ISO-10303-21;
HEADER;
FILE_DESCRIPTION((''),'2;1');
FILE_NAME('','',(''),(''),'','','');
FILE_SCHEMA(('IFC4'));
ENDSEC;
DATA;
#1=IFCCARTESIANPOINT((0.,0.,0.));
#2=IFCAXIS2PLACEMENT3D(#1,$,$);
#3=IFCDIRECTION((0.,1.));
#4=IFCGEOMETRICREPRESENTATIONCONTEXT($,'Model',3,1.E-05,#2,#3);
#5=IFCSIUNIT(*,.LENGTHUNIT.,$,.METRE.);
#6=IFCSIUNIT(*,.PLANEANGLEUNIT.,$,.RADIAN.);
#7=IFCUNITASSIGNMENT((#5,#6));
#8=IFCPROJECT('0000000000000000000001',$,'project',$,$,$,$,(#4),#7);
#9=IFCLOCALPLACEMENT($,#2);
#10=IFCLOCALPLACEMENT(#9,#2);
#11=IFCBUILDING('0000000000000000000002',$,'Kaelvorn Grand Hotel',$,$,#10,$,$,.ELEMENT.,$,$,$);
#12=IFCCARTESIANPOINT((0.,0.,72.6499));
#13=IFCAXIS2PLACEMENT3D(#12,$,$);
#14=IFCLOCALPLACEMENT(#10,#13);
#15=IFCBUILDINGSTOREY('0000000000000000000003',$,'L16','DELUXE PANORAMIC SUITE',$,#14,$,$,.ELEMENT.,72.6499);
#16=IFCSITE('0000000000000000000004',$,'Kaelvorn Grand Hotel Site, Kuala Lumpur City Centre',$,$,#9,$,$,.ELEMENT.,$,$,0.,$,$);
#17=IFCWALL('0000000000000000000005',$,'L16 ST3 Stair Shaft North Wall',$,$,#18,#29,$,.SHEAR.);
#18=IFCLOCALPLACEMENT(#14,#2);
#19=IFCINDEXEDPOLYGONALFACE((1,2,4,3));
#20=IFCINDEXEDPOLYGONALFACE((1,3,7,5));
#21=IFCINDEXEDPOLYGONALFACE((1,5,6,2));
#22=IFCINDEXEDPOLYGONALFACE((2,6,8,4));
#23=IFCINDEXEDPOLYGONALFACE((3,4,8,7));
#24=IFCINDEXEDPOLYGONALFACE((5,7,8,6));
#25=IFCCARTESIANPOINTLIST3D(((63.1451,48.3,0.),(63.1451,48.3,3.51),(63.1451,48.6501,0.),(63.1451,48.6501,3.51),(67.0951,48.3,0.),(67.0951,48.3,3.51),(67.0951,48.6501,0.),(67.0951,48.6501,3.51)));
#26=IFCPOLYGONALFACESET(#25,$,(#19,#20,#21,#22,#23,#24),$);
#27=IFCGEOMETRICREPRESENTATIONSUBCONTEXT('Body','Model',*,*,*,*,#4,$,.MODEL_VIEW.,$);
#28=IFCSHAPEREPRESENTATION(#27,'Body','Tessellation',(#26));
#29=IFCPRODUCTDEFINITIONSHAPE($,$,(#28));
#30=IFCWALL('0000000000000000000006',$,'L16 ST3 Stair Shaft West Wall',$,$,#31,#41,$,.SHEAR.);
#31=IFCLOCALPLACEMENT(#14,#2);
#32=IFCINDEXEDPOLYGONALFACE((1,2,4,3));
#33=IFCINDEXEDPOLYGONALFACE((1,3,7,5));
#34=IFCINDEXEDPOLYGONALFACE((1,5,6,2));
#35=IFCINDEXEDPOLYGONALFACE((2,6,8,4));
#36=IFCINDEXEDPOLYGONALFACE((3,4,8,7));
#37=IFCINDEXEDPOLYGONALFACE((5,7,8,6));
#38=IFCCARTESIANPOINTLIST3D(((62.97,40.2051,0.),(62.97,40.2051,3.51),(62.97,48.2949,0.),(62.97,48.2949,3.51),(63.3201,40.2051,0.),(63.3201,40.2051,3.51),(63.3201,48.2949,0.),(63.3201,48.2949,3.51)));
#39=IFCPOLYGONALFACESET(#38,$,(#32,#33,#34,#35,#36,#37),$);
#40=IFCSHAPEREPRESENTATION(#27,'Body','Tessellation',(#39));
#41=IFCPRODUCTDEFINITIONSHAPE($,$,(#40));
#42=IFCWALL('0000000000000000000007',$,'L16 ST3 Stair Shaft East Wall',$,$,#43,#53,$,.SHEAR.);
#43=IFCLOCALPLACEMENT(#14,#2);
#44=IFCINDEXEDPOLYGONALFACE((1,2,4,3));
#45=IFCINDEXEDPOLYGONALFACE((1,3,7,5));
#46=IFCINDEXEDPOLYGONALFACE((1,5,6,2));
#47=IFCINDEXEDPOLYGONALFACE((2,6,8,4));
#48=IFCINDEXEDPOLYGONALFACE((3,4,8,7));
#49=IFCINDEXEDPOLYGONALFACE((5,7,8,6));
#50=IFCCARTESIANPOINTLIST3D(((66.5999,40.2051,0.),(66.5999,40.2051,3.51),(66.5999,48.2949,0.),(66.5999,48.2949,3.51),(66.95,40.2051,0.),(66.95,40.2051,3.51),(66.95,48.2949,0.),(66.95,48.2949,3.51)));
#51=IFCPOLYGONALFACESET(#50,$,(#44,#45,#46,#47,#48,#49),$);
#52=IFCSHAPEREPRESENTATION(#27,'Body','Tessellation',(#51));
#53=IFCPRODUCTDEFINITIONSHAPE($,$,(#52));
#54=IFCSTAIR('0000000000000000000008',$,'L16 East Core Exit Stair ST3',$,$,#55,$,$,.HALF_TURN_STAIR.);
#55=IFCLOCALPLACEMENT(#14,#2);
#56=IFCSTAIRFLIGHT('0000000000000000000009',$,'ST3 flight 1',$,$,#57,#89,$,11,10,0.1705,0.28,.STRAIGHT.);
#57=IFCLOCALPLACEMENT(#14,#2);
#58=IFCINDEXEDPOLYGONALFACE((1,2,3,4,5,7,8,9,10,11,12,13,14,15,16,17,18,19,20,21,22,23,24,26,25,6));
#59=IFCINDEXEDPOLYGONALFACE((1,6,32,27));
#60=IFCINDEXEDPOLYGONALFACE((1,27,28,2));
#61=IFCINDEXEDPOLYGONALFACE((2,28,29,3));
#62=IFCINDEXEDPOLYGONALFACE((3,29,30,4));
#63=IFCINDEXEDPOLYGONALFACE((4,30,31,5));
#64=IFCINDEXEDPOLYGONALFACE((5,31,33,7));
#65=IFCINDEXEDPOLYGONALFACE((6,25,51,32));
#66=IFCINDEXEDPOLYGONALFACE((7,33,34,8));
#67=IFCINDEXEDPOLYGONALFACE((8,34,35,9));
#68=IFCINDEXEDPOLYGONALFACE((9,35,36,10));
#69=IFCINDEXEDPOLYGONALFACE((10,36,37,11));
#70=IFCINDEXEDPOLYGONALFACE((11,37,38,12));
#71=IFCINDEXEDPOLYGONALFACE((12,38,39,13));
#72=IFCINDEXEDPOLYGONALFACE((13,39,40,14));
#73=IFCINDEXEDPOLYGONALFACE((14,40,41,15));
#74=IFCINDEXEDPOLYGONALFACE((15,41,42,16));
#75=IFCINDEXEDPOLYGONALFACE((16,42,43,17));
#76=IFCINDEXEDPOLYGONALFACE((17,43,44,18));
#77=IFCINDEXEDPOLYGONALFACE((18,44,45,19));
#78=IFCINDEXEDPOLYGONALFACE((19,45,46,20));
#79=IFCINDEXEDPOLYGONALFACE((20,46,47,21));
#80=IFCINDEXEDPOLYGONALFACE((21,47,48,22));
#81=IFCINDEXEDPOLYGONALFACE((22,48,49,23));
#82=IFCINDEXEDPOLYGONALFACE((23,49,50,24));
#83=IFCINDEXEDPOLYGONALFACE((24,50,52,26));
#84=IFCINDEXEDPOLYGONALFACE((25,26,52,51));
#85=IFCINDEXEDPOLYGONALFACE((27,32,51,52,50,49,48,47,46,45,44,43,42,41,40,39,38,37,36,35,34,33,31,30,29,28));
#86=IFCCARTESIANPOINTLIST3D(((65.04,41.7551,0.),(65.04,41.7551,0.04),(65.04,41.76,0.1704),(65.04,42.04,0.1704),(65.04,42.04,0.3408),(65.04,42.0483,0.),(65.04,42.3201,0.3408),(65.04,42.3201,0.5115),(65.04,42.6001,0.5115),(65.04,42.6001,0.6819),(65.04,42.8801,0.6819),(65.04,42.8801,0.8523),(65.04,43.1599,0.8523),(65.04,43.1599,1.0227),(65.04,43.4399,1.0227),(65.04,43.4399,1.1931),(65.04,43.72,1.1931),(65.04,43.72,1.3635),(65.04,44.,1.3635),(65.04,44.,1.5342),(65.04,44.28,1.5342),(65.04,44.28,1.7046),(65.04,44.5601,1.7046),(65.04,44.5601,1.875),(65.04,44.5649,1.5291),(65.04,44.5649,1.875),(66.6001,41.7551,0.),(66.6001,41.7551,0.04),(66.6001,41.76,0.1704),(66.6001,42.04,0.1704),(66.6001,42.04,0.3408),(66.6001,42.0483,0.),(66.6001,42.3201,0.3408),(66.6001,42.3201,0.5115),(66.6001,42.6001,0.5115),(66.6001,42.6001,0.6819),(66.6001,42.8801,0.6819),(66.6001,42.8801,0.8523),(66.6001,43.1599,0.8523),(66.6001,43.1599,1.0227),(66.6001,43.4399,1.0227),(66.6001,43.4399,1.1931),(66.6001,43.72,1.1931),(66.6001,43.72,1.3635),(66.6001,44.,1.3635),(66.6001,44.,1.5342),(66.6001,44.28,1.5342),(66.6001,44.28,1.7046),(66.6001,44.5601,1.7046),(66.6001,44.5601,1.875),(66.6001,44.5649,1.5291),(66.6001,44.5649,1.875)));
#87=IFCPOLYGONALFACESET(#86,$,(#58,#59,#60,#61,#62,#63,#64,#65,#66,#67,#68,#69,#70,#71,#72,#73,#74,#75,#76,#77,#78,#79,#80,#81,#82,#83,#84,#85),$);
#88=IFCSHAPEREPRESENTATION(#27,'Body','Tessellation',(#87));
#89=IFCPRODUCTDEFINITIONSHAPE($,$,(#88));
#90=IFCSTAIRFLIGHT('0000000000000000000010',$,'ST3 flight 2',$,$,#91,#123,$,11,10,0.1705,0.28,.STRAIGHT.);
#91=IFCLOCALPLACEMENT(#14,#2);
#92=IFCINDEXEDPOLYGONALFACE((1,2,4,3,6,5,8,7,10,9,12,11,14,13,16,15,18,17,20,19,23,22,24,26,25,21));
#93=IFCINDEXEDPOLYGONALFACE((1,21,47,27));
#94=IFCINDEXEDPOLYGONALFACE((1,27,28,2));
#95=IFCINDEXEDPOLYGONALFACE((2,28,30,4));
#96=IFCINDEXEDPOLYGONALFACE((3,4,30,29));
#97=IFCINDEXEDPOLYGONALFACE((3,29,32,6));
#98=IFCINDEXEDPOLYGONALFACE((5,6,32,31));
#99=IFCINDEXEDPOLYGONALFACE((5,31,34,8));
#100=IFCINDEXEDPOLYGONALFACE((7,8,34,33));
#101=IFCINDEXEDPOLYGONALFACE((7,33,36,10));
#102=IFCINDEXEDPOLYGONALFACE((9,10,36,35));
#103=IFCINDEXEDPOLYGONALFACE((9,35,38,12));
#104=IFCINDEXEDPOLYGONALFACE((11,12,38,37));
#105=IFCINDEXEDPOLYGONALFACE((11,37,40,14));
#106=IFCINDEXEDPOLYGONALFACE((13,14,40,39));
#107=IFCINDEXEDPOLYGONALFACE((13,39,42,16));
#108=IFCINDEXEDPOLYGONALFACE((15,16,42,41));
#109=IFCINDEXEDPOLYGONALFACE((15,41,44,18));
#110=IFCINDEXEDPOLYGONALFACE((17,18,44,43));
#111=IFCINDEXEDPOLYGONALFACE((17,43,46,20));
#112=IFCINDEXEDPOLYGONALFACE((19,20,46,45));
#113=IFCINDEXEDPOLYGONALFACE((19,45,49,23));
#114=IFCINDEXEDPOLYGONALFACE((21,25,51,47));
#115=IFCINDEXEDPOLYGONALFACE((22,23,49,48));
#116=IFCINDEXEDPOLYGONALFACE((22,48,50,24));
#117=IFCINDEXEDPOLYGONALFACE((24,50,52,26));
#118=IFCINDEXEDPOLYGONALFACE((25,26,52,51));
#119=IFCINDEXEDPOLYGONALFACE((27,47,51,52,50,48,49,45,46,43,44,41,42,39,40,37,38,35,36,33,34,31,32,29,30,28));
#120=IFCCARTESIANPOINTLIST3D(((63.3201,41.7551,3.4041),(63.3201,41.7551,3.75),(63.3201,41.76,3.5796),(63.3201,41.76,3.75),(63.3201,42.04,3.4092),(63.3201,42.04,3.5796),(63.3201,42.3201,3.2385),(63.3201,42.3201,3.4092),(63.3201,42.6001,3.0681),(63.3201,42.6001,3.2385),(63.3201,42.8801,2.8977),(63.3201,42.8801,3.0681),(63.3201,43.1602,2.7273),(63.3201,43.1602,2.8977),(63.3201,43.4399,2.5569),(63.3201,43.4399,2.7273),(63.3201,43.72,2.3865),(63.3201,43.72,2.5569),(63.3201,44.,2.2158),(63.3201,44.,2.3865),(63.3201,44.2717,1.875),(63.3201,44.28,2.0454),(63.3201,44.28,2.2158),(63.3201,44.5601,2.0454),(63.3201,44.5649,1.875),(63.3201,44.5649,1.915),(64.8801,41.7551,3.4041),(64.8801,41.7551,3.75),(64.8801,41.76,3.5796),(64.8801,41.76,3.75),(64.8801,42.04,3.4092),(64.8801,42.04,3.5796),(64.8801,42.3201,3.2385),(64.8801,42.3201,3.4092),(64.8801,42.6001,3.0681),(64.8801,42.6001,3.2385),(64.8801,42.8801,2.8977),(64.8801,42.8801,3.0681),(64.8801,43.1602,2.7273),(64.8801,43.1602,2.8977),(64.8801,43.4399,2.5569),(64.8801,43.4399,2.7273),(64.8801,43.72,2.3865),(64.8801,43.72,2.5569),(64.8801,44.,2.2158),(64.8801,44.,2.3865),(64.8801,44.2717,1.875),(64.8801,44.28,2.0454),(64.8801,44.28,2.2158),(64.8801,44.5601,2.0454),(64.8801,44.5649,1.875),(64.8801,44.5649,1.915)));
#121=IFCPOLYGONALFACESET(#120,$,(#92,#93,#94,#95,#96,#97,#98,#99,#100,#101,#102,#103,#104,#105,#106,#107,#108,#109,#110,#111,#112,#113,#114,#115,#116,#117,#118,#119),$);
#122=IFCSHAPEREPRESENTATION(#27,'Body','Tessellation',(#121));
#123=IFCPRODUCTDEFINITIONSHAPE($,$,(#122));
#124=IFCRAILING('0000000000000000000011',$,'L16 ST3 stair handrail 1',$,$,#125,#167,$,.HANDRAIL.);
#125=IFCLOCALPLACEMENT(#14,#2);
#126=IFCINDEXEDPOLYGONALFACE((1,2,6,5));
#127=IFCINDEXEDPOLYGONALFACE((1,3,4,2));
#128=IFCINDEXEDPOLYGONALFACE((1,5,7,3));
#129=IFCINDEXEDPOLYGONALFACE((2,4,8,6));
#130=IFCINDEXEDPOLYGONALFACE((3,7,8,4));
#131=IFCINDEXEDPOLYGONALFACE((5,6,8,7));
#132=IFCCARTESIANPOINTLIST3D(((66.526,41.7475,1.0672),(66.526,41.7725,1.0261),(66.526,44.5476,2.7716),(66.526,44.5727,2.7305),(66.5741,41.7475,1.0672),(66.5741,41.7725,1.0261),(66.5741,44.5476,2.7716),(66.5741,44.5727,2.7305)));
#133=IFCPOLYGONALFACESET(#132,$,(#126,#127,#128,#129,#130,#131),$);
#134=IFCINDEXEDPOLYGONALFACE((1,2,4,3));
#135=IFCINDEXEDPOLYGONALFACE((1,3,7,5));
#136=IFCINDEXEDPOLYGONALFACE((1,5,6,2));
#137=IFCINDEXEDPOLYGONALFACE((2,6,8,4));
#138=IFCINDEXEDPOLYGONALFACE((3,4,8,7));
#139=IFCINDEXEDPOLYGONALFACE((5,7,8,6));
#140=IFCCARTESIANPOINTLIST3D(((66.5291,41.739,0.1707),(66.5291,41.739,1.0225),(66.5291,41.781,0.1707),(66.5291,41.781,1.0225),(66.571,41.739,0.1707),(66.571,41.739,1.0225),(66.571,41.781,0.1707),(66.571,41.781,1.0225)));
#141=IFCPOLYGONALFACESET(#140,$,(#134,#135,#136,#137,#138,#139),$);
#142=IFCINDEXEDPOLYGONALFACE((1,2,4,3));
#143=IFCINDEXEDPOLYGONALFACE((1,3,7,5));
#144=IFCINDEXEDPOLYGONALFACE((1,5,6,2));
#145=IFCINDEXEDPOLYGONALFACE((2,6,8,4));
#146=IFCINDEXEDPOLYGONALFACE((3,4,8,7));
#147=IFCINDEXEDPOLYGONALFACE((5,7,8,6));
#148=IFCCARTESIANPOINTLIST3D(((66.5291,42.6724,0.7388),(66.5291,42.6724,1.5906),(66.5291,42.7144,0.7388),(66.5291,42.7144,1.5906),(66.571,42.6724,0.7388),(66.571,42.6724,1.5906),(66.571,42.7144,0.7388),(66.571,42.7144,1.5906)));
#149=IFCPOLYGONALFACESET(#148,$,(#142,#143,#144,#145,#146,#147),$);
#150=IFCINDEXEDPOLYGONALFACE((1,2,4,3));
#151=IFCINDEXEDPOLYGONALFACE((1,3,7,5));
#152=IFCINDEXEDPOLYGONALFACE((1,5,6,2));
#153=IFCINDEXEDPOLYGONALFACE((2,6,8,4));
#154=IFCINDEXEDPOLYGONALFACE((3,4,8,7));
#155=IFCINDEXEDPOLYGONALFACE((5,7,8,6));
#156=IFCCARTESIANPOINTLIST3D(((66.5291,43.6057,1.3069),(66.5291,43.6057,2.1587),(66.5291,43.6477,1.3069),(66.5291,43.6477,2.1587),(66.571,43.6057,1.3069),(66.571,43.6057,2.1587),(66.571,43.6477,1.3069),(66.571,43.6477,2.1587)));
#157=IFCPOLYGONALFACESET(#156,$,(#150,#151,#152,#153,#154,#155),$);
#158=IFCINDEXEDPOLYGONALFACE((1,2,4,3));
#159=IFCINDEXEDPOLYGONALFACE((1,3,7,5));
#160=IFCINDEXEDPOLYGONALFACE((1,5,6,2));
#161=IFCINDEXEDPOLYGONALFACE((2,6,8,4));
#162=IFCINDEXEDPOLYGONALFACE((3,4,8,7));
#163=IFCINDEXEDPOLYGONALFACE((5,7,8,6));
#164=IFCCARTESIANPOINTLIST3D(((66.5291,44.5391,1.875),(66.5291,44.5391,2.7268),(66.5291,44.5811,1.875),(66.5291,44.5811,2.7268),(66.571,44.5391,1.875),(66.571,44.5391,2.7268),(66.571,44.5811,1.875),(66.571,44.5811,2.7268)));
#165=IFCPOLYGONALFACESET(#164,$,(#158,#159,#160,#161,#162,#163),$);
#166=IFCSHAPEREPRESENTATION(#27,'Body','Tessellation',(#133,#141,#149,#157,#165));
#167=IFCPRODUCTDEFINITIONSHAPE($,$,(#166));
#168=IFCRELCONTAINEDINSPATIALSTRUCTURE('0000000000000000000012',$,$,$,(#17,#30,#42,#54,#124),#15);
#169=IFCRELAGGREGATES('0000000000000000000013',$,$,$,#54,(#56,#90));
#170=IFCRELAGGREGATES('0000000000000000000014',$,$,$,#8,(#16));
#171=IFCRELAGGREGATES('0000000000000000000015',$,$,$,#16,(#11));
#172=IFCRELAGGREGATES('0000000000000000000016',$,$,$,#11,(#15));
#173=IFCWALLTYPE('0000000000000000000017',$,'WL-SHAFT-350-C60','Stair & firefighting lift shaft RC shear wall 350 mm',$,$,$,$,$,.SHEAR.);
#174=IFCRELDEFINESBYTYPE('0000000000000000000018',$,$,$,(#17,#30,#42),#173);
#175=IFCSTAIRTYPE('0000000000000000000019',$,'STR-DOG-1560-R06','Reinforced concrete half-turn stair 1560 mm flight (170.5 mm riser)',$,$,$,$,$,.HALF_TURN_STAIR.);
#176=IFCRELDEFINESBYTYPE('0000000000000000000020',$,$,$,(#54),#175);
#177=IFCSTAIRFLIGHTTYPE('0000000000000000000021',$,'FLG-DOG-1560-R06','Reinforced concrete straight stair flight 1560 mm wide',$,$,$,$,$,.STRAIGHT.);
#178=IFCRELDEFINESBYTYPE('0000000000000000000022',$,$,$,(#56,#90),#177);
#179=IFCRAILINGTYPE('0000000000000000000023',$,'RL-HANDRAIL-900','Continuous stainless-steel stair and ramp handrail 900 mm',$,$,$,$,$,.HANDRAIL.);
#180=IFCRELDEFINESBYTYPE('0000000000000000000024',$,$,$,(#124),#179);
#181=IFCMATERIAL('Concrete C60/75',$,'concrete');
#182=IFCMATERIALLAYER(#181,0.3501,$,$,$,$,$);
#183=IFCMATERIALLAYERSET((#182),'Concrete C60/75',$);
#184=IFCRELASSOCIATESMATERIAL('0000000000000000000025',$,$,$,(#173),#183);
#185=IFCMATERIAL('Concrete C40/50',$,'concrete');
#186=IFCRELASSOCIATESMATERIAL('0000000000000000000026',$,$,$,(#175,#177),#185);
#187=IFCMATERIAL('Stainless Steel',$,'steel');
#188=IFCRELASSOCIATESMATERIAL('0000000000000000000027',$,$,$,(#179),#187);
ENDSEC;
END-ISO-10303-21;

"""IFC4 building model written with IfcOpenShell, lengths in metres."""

from ifc_helpers import new_model, si_unit, direction, frame, frame_2d, origin, origin_2d, place, context, subcontext, project, spatial, polyline, rectangle, outline, extrude, material, layer, layer_set, type_object, element, aggregate, save


model = new_model("IFC4")

# Units and contexts
model_context = context("Model", 3, precision=1e-05, world=origin(), true_north=direction((0.0, 1.0)))
body_context = subcontext(model_context, "Body", "Model", "MODEL_VIEW")
ifc_project = project(units=[si_unit("LENGTHUNIT", "METRE"), si_unit("PLANEANGLEUNIT", "RADIAN")], contexts=[model_context])

# Site, building, storey
site_placement = place(None, origin())
site = spatial("IfcSite", under=ifc_project, at=site_placement, Name="Kaelvorn Grand Hotel Site, Kuala Lumpur City Centre", CompositionType="ELEMENT", RefElevation=0.0)
building_placement = place(site_placement, origin())
building = spatial("IfcBuilding", under=site, at=building_placement, Name="Kaelvorn Grand Hotel", CompositionType="ELEMENT")
storey_placement = place(building_placement, frame((0.0, 0.0, 72.6499)))
storey = spatial("IfcBuildingStorey", under=building, at=storey_placement, Name="L16", Description="DELUXE PANORAMIC SUITE", CompositionType="ELEMENT", Elevation=72.6499)

# Shared definitions
ifc_material_1 = material(Name="Concrete C60/75", Category="concrete")

# Shared definitions
ifc_material_2 = material(Name="Concrete C40/50", Category="concrete")

# Shared definitions
ifc_material_3 = material(Name="Stainless Steel", Category="steel")
ifc_layer_1 = layer(ifc_material_1, 0.3501)
ifc_layer_set_1 = layer_set([ifc_layer_1], Name="Concrete C60/75")
wall_type_1 = type_object("IfcWallType", Name="WL-SHAFT-350-C60", Description="Stair & firefighting lift shaft RC shear wall 350 mm", PredefinedType="SHEAR", material=ifc_layer_set_1)

# Walls
wall_1_placement = place(storey_placement, frame((63.145, 48.4751, 0.0), z_axis=(0.0, 0.0, 1.0), x_axis=(1.0, 0.0, 0.0)))
element("IfcWall", 1, at=wall_1_placement, inside=storey, type_object=wall_type_1, Name="L16 ST3 Stair Shaft North Wall", PredefinedType="SHEAR", context=body_context, shape_type="SweptSolid", body=[
    extrude(rectangle(XDim=3.95, YDim=0.3501, at=frame_2d((1.9751, 0.0))), origin(), (0.0, 0.0, 1.0), 3.51),
])
for number, where, z_axis, x_axis, name in (
    (2, (63.145, 40.2051, 0.0), (0.0, 0.0, 1.0), (0.0, 1.0, 0.0), "L16 ST3 Stair Shaft West Wall"),
    (3, (66.7749, 40.2051, 0.0), (0.0, 0.0, 1.0), (0.0, 1.0, 0.0), "L16 ST3 Stair Shaft East Wall"),
):
    element("IfcWall", number, at=place(storey_placement, frame(where, z_axis=z_axis, x_axis=x_axis)), inside=storey, type_object=wall_type_1, Name=name, PredefinedType="SHEAR", context=body_context, shape_type="SweptSolid", body=[
        extrude(rectangle(XDim=8.0898, YDim=0.3501, at=frame_2d((4.0449, 0.0))), origin(), (0.0, 0.0, 1.0), 3.51),
    ])

# Stair, stair flights
stair_type = type_object("IfcStairType", Name="STR-DOG-1560-R06", Description="Reinforced concrete half-turn stair 1560 mm flight (170.5 mm riser)", PredefinedType="HALF_TURN_STAIR", material=ifc_material_2)
stair_placement = place(storey_placement, origin())
stair = element("IfcStair", 4, at=stair_placement, inside=storey, type_object=stair_type, Name="L16 East Core Exit Stair ST3", PredefinedType="HALF_TURN_STAIR")
stair_flight_type = type_object("IfcStairFlightType", Name="FLG-DOG-1560-R06", Description="Reinforced concrete straight stair flight 1560 mm wide", PredefinedType="STRAIGHT", material=ifc_material_2)
stair_flight_1_placement = place(storey_placement, frame((65.8201, 41.76, 0.0), z_axis=(0.0, 0.0, 1.0), x_axis=(0.0, 1.0, 0.0)))
stair_flight_1 = element("IfcStairFlight", 5, at=stair_flight_1_placement, type_object=stair_flight_type, Name="ST3 flight 1", NumberOfRisers=11, NumberOfTreads=10, PredefinedType="STRAIGHT", RiserHeight=0.1705, TreadLength=0.28, context=body_context, shape_type="SweptSolid", body=[
    extrude(outline(polyline([(-0.0049, 0.0), (-0.0049, 0.04), (0.0, 0.1704), (0.28, 0.1704), (0.28, 0.3408), (0.5601, 0.3408), (0.5601, 0.5115), (0.8401, 0.5115), (0.8401, 0.6819), (1.1201, 0.6819), (1.1201, 0.8523), (1.3999, 0.8523), (1.3999, 1.0227), (1.6799, 1.0227), (1.6799, 1.1931), (1.96, 1.1931), (1.96, 1.3635), (2.24, 1.3635), (2.24, 1.5342), (2.52, 1.5342), (2.52, 1.7046), (2.8, 1.7046), (2.8, 1.875), (2.8049, 1.875), (2.8049, 1.5291), (0.2883, 0.0), (-0.0049, 0.0)])), frame((0.0, 0.78, 0.0), z_axis=(0.0, -1.0, 0.0), x_axis=(1.0, 0.0, 0.0)), (0.0, 0.0, 1.0), 1.5601),
])
stair_flight_2_placement = place(storey_placement, frame((64.1001, 44.5601, 1.875), z_axis=(0.0, 0.0, 1.0), x_axis=(0.0, -1.0, 0.0)))
stair_flight_2 = element("IfcStairFlight", 6, at=stair_flight_2_placement, type_object=stair_flight_type, Name="ST3 flight 2", NumberOfRisers=11, NumberOfTreads=10, PredefinedType="STRAIGHT", RiserHeight=0.1705, TreadLength=0.28, context=body_context, shape_type="SweptSolid", body=[
    extrude(outline(polyline([(-0.0049, 0.0), (-0.0049, 0.04), (0.0, 0.1704), (0.28, 0.1704), (0.28, 0.3408), (0.5601, 0.3408), (0.5601, 0.5115), (0.8401, 0.5115), (0.8401, 0.6819), (1.1201, 0.6819), (1.1201, 0.8523), (1.3999, 0.8523), (1.3999, 1.0227), (1.6799, 1.0227), (1.6799, 1.1931), (1.96, 1.1931), (1.96, 1.3635), (2.24, 1.3635), (2.24, 1.5342), (2.52, 1.5342), (2.52, 1.7046), (2.8, 1.7046), (2.8, 1.875), (2.8049, 1.875), (2.8049, 1.5291), (0.2883, 0.0), (-0.0049, 0.0)])), frame((0.0, 0.78, 0.0), z_axis=(0.0, -1.0, 0.0), x_axis=(1.0, 0.0, 0.0)), (0.0, 0.0, 1.0), 1.5601),
])
aggregate(stair, [stair_flight_1, stair_flight_2])

# Railing
railing_type_1 = type_object("IfcRailingType", Name="RL-HANDRAIL-900", Description="Continuous stainless-steel stair and ramp handrail 900 mm", PredefinedType="HANDRAIL", material=ifc_material_3)
railing_1_placement = place(storey_placement, frame((66.55, 41.76, 0.1707)))
element("IfcRailing", 7, at=railing_1_placement, inside=storey, type_object=railing_type_1, Name="L16 ST3 stair handrail 1", PredefinedType="HANDRAIL", context=body_context, shape_type="SweptSolid", body=[
    extrude(rectangle(XDim=0.0481, YDim=0.0481, at=origin_2d()), frame((0.0, 0.0, 0.876), z_axis=(0.0, 0.854203, 0.51994), x_axis=(-1.0, 0.0, 0.0)), (0.0, 0.0, 1.0), 3.2781),
    extrude(rectangle(XDim=0.042, YDim=0.042, at=origin_2d()), origin(), (0.0, 0.0, 1.0), 0.8518),
    extrude(rectangle(XDim=0.042, YDim=0.042, at=origin_2d()), frame((0.0, 0.9333, 0.5681)), (0.0, 0.0, 1.0), 0.8518),
    extrude(rectangle(XDim=0.042, YDim=0.042, at=origin_2d()), frame((0.0, 1.8667, 1.1362)), (0.0, 0.0, 1.0), 0.8518),
    extrude(rectangle(XDim=0.042, YDim=0.042, at=origin_2d()), frame((0.0, 2.8, 1.7043)), (0.0, 0.0, 1.0), 0.8518),
])

save(model, "model.ifc")
